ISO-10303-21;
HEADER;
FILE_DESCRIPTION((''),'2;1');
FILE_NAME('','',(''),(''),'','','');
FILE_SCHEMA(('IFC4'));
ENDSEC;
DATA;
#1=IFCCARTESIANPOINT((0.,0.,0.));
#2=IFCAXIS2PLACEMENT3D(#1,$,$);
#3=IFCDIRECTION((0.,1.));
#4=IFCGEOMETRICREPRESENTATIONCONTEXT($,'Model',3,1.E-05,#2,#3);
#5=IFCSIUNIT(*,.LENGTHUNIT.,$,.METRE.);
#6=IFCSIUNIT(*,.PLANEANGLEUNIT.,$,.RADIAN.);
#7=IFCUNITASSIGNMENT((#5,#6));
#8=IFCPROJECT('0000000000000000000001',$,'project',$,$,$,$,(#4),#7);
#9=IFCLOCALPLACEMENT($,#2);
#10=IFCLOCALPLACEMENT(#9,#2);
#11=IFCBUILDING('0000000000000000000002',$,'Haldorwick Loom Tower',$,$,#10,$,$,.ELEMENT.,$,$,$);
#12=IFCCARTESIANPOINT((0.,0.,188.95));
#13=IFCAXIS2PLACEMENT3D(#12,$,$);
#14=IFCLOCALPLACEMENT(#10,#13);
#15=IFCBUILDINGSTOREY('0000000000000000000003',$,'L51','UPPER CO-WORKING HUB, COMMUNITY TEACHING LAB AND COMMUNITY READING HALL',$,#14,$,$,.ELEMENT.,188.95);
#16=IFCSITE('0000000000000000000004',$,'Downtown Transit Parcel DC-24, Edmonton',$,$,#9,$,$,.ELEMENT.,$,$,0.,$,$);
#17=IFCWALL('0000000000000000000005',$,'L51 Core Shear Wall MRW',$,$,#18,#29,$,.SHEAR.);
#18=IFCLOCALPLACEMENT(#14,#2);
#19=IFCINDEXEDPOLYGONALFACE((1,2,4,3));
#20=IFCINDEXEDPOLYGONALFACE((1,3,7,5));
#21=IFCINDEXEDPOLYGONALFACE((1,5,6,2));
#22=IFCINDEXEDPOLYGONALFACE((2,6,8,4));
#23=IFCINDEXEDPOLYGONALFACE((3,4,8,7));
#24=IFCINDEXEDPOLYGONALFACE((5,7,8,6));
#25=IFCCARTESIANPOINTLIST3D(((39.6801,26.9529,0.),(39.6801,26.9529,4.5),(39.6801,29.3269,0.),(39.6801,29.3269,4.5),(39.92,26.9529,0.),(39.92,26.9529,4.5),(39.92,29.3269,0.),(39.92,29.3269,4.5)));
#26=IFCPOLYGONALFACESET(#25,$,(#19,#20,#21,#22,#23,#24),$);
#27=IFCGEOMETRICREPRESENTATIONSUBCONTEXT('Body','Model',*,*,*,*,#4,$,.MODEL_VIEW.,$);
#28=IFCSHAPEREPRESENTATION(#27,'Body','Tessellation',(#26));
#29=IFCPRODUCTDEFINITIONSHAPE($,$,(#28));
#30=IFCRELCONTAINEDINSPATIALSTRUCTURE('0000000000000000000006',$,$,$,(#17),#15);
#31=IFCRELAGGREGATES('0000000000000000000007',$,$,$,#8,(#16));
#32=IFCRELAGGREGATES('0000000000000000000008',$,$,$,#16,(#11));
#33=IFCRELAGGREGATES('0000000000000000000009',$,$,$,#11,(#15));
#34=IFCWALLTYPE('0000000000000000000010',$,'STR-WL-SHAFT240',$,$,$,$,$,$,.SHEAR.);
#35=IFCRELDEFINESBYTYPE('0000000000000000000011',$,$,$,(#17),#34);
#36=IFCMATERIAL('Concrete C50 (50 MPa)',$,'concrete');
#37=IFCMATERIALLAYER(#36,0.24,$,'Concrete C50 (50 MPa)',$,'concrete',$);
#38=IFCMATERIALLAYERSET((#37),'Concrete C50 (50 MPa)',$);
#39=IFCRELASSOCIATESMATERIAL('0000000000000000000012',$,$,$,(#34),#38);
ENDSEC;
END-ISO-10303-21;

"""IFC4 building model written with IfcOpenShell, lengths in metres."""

from ifc_helpers import new_model, si_unit, direction, frame, frame_2d, origin, place, context, subcontext, project, spatial, rectangle, extrude, material, layer, layer_set, type_object, element, save


model = new_model("IFC4")

# Units and contexts
model_context = context("Model", 3, precision=1e-05, world=origin(), true_north=direction((0.0, 1.0)))
body_context = subcontext(model_context, "Body", "Model", "MODEL_VIEW")
ifc_project = project(units=[si_unit("LENGTHUNIT", "METRE"), si_unit("PLANEANGLEUNIT", "RADIAN")], contexts=[model_context])

# Site, building, storey
site_placement = place(None, origin())
site = spatial("IfcSite", under=ifc_project, at=site_placement, Name="Downtown Transit Parcel DC-24, Edmonton", CompositionType="ELEMENT", RefElevation=0.0)
building_placement = place(site_placement, origin())
building = spatial("IfcBuilding", under=site, at=building_placement, Name="Haldorwick Loom Tower", CompositionType="ELEMENT")
storey_placement = place(building_placement, frame((0.0, 0.0, 188.95)))
storey = spatial("IfcBuildingStorey", under=building, at=storey_placement, Name="L51", Description="UPPER CO-WORKING HUB, COMMUNITY TEACHING LAB AND COMMUNITY READING HALL", CompositionType="ELEMENT", Elevation=188.95)

# Shared definitions
ifc_material_1 = material(Name="Concrete C50 (50 MPa)", Category="concrete")

# Shared definitions
ifc_layer_1 = layer(ifc_material_1, 0.24, Name="Concrete C50 (50 MPa)", Category="concrete")
ifc_layer_set_1 = layer_set([ifc_layer_1], Name="Concrete C50 (50 MPa)")
wall_type_1 = type_object("IfcWallType", Name="STR-WL-SHAFT240", PredefinedType="SHEAR", material=ifc_layer_set_1)

# Wall
wall_1_placement = place(storey_placement, frame((39.8, 26.9529, 0.0), z_axis=(0.0, 0.0, 1.0), x_axis=(0.0, 1.0, 0.0)))
element("IfcWall", 1, at=wall_1_placement, inside=storey, type_object=wall_type_1, Name="L51 Core Shear Wall MRW", PredefinedType="SHEAR", context=body_context, shape_type="SweptSolid", body=[
    extrude(rectangle(XDim=2.374, YDim=0.24, at=frame_2d((1.187, 0.0))), origin(), (0.0, 0.0, 1.0), 4.5),
])

save(model, "model.ifc")
